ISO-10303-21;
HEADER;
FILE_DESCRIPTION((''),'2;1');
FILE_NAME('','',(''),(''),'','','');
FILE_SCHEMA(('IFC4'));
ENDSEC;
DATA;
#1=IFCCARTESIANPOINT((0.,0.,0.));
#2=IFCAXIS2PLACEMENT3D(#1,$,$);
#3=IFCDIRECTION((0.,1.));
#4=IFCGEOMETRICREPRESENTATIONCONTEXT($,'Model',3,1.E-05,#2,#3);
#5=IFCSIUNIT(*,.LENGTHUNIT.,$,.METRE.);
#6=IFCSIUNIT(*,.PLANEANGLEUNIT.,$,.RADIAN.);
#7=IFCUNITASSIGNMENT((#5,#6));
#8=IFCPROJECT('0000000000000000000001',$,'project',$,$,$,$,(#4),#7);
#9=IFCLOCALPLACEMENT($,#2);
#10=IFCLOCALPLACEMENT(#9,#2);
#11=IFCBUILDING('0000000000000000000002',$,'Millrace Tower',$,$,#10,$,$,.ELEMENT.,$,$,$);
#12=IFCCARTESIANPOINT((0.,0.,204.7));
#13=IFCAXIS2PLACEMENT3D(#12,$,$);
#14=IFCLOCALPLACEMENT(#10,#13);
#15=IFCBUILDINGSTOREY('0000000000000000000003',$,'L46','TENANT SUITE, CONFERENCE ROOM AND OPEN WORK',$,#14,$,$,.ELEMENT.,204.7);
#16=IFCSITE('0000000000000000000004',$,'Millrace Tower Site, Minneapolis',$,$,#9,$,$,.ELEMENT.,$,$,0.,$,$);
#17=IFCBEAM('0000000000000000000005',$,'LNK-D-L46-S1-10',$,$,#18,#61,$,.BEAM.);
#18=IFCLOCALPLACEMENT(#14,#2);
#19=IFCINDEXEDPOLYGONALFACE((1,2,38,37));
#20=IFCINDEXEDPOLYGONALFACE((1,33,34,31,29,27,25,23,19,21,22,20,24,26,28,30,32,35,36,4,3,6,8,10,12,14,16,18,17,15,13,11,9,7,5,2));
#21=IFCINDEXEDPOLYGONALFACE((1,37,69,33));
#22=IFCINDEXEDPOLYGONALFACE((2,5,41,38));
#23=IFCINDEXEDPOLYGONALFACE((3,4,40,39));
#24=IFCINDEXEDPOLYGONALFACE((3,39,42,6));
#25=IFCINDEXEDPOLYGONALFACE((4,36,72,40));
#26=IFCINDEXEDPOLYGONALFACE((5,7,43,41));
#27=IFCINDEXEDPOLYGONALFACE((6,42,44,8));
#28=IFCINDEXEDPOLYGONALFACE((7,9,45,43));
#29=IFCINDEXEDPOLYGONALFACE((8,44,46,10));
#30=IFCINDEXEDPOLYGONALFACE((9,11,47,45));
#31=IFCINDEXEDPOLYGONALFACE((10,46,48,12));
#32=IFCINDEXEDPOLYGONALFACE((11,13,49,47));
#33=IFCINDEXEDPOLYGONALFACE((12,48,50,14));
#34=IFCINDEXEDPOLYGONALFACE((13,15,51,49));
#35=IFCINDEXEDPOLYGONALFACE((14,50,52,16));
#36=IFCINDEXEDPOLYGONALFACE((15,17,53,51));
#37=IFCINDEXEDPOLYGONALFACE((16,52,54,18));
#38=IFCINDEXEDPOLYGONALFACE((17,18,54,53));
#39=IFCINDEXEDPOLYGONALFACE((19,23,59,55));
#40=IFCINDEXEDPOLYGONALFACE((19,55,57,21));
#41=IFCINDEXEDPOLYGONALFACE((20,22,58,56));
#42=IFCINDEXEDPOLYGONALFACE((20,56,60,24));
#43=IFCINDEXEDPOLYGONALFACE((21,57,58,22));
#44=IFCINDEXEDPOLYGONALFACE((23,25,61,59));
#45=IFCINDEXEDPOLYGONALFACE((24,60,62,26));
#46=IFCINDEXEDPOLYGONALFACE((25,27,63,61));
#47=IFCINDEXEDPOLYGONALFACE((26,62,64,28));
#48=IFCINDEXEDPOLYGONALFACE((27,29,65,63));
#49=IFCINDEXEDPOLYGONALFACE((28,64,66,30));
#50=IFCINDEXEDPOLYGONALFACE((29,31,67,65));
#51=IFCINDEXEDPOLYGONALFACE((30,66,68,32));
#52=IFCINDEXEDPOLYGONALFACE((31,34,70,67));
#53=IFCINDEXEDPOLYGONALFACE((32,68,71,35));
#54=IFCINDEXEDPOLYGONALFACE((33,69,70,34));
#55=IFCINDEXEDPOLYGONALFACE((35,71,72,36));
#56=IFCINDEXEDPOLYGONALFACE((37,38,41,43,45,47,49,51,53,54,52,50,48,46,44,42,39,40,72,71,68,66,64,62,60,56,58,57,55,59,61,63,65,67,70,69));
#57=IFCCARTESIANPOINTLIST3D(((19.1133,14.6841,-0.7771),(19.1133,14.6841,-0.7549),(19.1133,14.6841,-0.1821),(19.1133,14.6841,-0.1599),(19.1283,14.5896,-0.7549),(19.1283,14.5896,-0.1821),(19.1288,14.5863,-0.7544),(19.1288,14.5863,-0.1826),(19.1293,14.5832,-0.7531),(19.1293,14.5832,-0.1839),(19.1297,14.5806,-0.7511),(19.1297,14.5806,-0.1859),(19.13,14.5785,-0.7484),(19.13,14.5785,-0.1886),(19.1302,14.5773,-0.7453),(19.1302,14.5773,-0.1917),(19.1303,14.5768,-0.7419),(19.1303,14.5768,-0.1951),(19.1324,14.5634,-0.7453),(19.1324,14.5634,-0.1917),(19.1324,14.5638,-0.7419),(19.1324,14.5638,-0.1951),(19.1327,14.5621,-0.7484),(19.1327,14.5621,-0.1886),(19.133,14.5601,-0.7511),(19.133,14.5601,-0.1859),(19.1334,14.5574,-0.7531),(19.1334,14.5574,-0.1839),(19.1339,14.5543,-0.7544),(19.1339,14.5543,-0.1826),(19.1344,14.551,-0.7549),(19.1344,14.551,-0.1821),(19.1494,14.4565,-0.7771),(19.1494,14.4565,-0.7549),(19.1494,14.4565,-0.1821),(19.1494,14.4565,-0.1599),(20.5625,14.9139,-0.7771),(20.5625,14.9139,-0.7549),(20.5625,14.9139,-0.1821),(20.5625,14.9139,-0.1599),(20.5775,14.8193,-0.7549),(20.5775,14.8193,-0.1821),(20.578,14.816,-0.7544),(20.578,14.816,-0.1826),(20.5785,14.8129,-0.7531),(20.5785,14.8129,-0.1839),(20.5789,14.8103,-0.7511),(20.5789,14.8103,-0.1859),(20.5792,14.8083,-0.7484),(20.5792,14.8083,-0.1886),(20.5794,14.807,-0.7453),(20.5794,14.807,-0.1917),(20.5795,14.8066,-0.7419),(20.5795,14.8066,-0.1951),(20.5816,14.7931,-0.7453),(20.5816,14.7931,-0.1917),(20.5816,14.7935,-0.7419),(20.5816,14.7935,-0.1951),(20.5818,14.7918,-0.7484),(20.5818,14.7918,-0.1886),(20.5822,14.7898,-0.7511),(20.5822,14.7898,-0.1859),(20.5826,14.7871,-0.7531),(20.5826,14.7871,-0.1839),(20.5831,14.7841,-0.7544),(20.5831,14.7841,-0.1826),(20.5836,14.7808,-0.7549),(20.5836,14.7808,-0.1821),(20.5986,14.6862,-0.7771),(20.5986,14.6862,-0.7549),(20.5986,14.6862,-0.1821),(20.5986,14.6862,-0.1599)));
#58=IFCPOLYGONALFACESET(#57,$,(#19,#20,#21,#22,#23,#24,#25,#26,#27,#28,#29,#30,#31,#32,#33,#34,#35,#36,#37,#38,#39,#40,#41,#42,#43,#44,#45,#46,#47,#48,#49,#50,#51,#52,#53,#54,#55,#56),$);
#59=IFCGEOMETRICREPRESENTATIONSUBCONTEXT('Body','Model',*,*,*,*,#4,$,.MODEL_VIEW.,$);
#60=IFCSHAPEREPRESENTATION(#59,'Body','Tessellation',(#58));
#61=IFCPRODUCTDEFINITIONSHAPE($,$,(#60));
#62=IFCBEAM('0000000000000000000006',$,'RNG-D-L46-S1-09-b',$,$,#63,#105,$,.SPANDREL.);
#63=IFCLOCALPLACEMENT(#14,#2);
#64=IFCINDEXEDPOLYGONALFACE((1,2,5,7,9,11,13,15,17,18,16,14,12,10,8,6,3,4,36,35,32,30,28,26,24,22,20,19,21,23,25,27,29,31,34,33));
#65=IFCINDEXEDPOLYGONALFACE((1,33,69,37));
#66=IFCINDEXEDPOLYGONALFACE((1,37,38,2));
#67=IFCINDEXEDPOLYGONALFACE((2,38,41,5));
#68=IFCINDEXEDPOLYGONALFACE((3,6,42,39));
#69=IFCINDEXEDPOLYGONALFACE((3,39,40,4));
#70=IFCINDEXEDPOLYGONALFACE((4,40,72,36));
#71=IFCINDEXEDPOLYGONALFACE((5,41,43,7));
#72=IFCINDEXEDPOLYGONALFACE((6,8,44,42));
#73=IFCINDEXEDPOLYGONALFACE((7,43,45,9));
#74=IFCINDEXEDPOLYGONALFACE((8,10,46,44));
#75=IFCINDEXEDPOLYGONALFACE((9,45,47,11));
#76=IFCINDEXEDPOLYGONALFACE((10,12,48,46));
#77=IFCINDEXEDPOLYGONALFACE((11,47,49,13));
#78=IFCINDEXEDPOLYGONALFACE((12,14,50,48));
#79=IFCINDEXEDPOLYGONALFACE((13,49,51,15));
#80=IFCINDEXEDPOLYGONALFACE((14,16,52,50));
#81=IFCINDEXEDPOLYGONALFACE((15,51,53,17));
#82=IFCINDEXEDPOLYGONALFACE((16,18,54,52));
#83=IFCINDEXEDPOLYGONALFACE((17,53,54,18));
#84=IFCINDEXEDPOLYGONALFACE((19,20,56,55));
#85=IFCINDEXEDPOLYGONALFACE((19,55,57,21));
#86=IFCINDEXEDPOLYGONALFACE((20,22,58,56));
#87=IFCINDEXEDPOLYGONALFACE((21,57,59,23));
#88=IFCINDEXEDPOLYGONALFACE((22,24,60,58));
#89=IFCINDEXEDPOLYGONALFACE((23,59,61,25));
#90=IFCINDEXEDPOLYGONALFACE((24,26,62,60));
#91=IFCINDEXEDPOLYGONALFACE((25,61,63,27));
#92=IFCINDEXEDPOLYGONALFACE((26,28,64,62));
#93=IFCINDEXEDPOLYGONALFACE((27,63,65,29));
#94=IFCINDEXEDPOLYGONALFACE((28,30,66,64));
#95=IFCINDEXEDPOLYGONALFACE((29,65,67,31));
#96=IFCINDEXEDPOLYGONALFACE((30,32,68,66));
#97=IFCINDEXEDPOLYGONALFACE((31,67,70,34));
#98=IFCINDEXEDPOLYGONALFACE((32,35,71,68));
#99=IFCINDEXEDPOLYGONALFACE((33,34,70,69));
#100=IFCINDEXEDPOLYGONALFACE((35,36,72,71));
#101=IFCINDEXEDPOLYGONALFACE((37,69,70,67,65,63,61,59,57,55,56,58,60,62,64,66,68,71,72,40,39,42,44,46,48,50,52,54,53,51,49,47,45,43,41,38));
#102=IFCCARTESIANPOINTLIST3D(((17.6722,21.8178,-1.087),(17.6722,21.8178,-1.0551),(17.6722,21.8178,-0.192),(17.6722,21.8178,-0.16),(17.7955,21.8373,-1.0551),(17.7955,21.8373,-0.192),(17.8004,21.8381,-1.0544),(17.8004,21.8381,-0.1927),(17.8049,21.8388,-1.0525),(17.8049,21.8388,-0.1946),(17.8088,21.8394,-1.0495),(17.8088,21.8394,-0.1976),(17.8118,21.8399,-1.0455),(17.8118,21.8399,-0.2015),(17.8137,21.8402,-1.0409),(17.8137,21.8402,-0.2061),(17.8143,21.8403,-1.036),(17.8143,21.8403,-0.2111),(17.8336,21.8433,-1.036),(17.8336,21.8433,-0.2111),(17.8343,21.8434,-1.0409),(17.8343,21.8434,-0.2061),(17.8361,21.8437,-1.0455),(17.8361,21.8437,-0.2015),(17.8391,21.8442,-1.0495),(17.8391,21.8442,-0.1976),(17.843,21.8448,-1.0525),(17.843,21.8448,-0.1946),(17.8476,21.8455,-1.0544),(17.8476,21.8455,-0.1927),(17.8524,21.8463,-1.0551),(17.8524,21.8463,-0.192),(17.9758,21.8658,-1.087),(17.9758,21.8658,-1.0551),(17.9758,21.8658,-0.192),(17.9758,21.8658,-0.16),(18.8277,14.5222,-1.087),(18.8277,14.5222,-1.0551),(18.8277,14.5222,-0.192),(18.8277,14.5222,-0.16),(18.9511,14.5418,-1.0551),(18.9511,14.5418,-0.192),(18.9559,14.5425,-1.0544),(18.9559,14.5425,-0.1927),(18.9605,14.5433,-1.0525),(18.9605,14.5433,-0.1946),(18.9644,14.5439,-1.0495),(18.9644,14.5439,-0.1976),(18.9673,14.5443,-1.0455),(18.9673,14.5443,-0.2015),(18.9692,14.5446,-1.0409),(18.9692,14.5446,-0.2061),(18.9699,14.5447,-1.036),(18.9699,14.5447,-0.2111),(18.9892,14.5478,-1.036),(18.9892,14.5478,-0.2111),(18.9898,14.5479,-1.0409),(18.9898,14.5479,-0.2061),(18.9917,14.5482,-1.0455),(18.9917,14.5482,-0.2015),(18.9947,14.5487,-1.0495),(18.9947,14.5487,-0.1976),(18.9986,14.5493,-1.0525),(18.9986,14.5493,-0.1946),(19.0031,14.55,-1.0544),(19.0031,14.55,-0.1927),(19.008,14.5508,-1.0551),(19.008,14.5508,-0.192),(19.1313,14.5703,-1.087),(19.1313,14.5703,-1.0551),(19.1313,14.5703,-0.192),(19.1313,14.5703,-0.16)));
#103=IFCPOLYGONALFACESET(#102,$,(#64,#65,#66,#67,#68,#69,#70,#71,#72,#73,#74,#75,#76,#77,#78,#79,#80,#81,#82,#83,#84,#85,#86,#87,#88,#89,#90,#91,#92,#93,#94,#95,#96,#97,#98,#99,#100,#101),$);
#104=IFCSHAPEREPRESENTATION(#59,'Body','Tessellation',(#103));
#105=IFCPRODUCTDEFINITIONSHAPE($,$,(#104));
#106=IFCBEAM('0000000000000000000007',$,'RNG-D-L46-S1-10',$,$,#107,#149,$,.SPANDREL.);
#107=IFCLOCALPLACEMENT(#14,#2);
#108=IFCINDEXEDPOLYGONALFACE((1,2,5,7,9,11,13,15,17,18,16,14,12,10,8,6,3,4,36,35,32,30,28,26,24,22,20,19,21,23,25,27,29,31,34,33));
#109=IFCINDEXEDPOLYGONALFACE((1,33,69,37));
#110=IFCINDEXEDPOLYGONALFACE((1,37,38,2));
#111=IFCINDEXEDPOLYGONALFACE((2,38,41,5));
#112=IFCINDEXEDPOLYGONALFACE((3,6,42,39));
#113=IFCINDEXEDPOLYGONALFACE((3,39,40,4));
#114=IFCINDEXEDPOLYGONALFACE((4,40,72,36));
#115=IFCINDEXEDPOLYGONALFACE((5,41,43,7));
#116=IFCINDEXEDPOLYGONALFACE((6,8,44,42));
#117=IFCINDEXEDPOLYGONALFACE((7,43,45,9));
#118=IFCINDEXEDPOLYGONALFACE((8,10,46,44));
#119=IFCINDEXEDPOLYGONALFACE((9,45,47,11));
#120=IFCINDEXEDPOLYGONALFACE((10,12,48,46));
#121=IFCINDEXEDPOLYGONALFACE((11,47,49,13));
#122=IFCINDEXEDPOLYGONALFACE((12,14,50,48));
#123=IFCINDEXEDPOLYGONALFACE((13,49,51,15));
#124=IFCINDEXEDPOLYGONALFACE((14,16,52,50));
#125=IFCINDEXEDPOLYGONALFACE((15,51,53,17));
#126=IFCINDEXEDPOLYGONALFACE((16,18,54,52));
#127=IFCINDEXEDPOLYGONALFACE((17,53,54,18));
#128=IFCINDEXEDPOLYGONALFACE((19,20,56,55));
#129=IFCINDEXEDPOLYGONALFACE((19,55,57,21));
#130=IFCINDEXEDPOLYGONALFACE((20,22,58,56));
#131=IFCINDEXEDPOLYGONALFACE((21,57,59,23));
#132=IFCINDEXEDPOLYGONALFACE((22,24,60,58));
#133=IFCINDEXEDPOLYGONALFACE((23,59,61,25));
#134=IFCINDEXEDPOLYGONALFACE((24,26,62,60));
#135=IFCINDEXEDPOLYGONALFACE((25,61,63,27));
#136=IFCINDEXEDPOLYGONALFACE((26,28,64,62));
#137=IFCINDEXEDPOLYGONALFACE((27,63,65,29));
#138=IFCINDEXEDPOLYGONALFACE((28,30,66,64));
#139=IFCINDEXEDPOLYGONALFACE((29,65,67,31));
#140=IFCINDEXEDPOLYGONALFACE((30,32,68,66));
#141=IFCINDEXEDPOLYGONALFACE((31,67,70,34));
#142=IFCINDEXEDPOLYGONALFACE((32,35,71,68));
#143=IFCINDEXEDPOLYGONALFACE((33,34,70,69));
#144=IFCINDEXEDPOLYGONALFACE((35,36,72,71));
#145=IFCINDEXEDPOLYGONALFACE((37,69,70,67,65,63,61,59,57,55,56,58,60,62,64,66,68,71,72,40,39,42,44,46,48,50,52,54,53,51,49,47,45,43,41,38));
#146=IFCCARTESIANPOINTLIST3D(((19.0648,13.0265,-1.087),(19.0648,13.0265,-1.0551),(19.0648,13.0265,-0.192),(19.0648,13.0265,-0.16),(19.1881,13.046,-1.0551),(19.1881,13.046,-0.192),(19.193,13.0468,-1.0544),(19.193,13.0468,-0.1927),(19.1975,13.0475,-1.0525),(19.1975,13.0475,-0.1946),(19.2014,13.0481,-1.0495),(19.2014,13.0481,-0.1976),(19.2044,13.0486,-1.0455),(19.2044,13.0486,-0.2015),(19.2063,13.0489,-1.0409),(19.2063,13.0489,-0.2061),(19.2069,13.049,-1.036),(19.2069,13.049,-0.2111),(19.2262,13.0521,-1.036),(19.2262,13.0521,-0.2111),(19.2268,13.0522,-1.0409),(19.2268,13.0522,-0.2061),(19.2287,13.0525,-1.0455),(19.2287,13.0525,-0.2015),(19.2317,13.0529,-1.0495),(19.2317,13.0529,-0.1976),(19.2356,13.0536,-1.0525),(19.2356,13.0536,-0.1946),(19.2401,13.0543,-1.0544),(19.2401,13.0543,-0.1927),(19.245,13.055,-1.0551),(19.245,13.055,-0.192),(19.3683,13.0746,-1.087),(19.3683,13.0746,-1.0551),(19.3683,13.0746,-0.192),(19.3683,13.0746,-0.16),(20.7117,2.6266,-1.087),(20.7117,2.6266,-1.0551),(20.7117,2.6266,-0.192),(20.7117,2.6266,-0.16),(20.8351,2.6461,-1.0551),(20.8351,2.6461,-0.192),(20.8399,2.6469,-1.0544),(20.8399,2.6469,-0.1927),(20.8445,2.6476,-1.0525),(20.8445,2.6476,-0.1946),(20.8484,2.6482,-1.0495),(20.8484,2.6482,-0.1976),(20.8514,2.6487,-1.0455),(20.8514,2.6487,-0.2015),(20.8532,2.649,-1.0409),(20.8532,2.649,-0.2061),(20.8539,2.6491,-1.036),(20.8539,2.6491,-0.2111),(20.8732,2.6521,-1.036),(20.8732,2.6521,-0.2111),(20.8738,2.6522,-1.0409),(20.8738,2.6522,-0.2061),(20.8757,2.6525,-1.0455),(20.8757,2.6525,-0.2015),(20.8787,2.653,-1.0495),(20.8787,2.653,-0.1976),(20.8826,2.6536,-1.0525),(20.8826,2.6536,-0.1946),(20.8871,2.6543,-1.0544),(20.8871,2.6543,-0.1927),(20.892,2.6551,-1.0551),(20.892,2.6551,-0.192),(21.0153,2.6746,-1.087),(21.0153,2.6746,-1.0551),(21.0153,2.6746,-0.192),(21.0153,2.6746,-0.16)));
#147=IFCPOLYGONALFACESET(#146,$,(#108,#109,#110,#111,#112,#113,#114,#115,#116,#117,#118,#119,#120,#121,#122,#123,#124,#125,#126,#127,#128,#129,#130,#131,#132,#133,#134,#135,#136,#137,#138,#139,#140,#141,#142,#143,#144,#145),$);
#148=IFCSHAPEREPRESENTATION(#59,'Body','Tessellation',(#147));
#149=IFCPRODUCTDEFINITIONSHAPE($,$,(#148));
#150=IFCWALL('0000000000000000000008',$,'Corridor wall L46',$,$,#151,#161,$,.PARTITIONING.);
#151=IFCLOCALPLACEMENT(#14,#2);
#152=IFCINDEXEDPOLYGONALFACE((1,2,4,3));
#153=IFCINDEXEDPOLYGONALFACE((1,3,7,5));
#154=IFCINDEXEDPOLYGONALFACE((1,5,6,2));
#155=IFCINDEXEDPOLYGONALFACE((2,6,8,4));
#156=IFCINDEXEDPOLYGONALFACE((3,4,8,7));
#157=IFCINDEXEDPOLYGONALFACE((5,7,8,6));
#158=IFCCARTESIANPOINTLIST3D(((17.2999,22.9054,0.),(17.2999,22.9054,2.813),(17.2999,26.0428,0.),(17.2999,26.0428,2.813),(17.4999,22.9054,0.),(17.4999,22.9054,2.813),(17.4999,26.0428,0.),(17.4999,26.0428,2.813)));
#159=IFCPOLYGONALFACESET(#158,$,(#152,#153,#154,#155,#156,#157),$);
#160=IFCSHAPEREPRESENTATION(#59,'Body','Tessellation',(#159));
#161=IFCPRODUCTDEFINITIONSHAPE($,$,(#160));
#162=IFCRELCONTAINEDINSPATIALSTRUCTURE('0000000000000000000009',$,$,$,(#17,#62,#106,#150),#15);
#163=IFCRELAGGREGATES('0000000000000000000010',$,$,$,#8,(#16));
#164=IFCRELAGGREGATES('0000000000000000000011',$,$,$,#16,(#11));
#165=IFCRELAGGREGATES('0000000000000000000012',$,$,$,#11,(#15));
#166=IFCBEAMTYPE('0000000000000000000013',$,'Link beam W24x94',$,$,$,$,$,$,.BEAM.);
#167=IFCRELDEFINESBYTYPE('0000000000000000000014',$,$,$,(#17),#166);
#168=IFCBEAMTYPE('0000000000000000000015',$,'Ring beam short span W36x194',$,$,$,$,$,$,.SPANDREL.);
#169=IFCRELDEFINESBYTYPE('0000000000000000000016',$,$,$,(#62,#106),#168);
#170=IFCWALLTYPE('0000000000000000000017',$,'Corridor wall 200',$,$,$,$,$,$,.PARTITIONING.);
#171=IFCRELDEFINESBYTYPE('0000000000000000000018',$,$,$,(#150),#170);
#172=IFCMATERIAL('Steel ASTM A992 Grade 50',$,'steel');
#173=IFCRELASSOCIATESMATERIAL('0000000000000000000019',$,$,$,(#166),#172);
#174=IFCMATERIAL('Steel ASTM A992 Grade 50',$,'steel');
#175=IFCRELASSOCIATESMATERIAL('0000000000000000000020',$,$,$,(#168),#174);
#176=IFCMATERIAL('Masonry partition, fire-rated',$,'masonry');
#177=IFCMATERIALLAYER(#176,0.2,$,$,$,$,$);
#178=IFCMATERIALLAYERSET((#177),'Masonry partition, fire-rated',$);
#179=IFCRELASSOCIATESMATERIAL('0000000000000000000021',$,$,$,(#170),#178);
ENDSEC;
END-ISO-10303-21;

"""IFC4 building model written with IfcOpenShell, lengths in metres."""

from ifc_helpers import new_model, si_unit, direction, frame, frame_2d, origin, origin_2d, place, context, subcontext, project, spatial, rectangle, i_section, extrude, material, layer, layer_set, material_profile, profile_set, type_object, element, save


model = new_model("IFC4")

# Units and contexts
model_context = context("Model", 3, precision=1e-05, world=origin(), true_north=direction((0.0, 1.0)))
body_context = subcontext(model_context, "Body", "Model", "MODEL_VIEW")
ifc_project = project(units=[si_unit("LENGTHUNIT", "METRE"), si_unit("PLANEANGLEUNIT", "RADIAN")], contexts=[model_context])

# Site, building, storey
site_placement = place(None, origin())
site = spatial("IfcSite", under=ifc_project, at=site_placement, Name="Millrace Tower Site, Minneapolis", CompositionType="ELEMENT", RefElevation=0.0)
building_placement = place(site_placement, origin())
building = spatial("IfcBuilding", under=site, at=building_placement, Name="Millrace Tower", CompositionType="ELEMENT")
storey_placement = place(building_placement, frame((0.0, 0.0, 204.7)))
storey = spatial("IfcBuildingStorey", under=building, at=storey_placement, Name="L46", Description="TENANT SUITE, CONFERENCE ROOM AND OPEN WORK", CompositionType="ELEMENT", Elevation=204.7)

# Beams
ifc_material_1 = material(Name="Steel ASTM A992 Grade 50", Category="steel")
ifc_material_profile_1 = material_profile(ifc_material_1, i_section(OverallWidth=0.2305, OverallDepth=0.6172, WebThickness=0.0132, FlangeThickness=0.0222, FilletRadius=0.0129, at=origin_2d()))
ifc_profile_set_1 = profile_set([ifc_material_profile_1], Name="Steel ASTM A992 Grade 50")
beam_type_1 = type_object("IfcBeamType", Name="Link beam W24x94", PredefinedType="BEAM", material=ifc_profile_set_1)
beam_1_placement = place(storey_placement, frame((19.1313, 14.5703, -0.4685), z_axis=(0.987667, 0.156569, 0.0), x_axis=(-0.156569, 0.987667, 0.0)))
element("IfcBeam", 1, at=beam_1_placement, inside=storey, type_object=beam_type_1, Name="LNK-D-L46-S1-10", PredefinedType="BEAM", context=body_context, shape_type="SweptSolid", body=[
    extrude(i_section(OverallWidth=0.2305, OverallDepth=0.6172, WebThickness=0.0132, FlangeThickness=0.0222, FilletRadius=0.0129, at=origin_2d()), origin(), (0.0, 0.0, 1.0), 1.4673),
])
ifc_material_2 = material(Name="Steel ASTM A992 Grade 50", Category="steel")
ifc_material_profile_2 = material_profile(ifc_material_2, i_section(OverallWidth=0.3074, OverallDepth=0.927, WebThickness=0.0195, FlangeThickness=0.032, FilletRadius=0.019, at=origin_2d()))
ifc_profile_set_2 = profile_set([ifc_material_profile_2], Name="Steel ASTM A992 Grade 50")
beam_type_2 = type_object("IfcBeamType", Name="Ring beam short span W36x194", PredefinedType="SPANDREL", material=ifc_profile_set_2)
beam_2_placement = place(storey_placement, frame((17.824, 21.8418, -0.6235), z_axis=(0.15644, -0.987688, 0.0), x_axis=(0.987688, 0.15644, 0.0)))
element("IfcBeam", 2, at=beam_2_placement, inside=storey, type_object=beam_type_2, Name="RNG-D-L46-S1-09-b", PredefinedType="SPANDREL", context=body_context, shape_type="SweptSolid", body=[
    extrude(i_section(OverallWidth=0.3074, OverallDepth=0.927, WebThickness=0.0195, FlangeThickness=0.032, FilletRadius=0.019, at=origin_2d()), origin(), (0.0, 0.0, 1.0), 7.3865),
])
beam_3_placement = place(storey_placement, frame((19.2166, 13.0505, -0.6235), z_axis=(0.156415, -0.987691, 0.0), x_axis=(0.987691, 0.156415, 0.0)))
element("IfcBeam", 3, at=beam_3_placement, inside=storey, type_object=beam_type_2, Name="RNG-D-L46-S1-10", PredefinedType="SPANDREL", context=body_context, shape_type="SweptSolid", body=[
    extrude(i_section(OverallWidth=0.3074, OverallDepth=0.927, WebThickness=0.0195, FlangeThickness=0.032, FilletRadius=0.019, at=origin_2d()), origin(), (0.0, 0.0, 1.0), 10.5295),
])

# Wall
ifc_material_3 = material(Name="Masonry partition, fire-rated", Category="masonry")
ifc_layer_1 = layer(ifc_material_3, 0.2)
ifc_layer_set_1 = layer_set([ifc_layer_1], Name="Masonry partition, fire-rated")
wall_type_1 = type_object("IfcWallType", Name="Corridor wall 200", PredefinedType="PARTITIONING", material=ifc_layer_set_1)
wall_1_placement = place(storey_placement, frame((17.3999, 22.9053, 0.0), z_axis=(0.0, 0.0, 1.0), x_axis=(0.0, 1.0, 0.0)))
element("IfcWall", 4, at=wall_1_placement, inside=storey, type_object=wall_type_1, Name="Corridor wall L46", PredefinedType="PARTITIONING", context=body_context, shape_type="SweptSolid", body=[
    extrude(rectangle(XDim=3.1375, YDim=0.2, at=frame_2d((1.5688, 0.0))), origin(), (0.0, 0.0, 1.0), 2.813),
])

save(model, "model.ifc")
